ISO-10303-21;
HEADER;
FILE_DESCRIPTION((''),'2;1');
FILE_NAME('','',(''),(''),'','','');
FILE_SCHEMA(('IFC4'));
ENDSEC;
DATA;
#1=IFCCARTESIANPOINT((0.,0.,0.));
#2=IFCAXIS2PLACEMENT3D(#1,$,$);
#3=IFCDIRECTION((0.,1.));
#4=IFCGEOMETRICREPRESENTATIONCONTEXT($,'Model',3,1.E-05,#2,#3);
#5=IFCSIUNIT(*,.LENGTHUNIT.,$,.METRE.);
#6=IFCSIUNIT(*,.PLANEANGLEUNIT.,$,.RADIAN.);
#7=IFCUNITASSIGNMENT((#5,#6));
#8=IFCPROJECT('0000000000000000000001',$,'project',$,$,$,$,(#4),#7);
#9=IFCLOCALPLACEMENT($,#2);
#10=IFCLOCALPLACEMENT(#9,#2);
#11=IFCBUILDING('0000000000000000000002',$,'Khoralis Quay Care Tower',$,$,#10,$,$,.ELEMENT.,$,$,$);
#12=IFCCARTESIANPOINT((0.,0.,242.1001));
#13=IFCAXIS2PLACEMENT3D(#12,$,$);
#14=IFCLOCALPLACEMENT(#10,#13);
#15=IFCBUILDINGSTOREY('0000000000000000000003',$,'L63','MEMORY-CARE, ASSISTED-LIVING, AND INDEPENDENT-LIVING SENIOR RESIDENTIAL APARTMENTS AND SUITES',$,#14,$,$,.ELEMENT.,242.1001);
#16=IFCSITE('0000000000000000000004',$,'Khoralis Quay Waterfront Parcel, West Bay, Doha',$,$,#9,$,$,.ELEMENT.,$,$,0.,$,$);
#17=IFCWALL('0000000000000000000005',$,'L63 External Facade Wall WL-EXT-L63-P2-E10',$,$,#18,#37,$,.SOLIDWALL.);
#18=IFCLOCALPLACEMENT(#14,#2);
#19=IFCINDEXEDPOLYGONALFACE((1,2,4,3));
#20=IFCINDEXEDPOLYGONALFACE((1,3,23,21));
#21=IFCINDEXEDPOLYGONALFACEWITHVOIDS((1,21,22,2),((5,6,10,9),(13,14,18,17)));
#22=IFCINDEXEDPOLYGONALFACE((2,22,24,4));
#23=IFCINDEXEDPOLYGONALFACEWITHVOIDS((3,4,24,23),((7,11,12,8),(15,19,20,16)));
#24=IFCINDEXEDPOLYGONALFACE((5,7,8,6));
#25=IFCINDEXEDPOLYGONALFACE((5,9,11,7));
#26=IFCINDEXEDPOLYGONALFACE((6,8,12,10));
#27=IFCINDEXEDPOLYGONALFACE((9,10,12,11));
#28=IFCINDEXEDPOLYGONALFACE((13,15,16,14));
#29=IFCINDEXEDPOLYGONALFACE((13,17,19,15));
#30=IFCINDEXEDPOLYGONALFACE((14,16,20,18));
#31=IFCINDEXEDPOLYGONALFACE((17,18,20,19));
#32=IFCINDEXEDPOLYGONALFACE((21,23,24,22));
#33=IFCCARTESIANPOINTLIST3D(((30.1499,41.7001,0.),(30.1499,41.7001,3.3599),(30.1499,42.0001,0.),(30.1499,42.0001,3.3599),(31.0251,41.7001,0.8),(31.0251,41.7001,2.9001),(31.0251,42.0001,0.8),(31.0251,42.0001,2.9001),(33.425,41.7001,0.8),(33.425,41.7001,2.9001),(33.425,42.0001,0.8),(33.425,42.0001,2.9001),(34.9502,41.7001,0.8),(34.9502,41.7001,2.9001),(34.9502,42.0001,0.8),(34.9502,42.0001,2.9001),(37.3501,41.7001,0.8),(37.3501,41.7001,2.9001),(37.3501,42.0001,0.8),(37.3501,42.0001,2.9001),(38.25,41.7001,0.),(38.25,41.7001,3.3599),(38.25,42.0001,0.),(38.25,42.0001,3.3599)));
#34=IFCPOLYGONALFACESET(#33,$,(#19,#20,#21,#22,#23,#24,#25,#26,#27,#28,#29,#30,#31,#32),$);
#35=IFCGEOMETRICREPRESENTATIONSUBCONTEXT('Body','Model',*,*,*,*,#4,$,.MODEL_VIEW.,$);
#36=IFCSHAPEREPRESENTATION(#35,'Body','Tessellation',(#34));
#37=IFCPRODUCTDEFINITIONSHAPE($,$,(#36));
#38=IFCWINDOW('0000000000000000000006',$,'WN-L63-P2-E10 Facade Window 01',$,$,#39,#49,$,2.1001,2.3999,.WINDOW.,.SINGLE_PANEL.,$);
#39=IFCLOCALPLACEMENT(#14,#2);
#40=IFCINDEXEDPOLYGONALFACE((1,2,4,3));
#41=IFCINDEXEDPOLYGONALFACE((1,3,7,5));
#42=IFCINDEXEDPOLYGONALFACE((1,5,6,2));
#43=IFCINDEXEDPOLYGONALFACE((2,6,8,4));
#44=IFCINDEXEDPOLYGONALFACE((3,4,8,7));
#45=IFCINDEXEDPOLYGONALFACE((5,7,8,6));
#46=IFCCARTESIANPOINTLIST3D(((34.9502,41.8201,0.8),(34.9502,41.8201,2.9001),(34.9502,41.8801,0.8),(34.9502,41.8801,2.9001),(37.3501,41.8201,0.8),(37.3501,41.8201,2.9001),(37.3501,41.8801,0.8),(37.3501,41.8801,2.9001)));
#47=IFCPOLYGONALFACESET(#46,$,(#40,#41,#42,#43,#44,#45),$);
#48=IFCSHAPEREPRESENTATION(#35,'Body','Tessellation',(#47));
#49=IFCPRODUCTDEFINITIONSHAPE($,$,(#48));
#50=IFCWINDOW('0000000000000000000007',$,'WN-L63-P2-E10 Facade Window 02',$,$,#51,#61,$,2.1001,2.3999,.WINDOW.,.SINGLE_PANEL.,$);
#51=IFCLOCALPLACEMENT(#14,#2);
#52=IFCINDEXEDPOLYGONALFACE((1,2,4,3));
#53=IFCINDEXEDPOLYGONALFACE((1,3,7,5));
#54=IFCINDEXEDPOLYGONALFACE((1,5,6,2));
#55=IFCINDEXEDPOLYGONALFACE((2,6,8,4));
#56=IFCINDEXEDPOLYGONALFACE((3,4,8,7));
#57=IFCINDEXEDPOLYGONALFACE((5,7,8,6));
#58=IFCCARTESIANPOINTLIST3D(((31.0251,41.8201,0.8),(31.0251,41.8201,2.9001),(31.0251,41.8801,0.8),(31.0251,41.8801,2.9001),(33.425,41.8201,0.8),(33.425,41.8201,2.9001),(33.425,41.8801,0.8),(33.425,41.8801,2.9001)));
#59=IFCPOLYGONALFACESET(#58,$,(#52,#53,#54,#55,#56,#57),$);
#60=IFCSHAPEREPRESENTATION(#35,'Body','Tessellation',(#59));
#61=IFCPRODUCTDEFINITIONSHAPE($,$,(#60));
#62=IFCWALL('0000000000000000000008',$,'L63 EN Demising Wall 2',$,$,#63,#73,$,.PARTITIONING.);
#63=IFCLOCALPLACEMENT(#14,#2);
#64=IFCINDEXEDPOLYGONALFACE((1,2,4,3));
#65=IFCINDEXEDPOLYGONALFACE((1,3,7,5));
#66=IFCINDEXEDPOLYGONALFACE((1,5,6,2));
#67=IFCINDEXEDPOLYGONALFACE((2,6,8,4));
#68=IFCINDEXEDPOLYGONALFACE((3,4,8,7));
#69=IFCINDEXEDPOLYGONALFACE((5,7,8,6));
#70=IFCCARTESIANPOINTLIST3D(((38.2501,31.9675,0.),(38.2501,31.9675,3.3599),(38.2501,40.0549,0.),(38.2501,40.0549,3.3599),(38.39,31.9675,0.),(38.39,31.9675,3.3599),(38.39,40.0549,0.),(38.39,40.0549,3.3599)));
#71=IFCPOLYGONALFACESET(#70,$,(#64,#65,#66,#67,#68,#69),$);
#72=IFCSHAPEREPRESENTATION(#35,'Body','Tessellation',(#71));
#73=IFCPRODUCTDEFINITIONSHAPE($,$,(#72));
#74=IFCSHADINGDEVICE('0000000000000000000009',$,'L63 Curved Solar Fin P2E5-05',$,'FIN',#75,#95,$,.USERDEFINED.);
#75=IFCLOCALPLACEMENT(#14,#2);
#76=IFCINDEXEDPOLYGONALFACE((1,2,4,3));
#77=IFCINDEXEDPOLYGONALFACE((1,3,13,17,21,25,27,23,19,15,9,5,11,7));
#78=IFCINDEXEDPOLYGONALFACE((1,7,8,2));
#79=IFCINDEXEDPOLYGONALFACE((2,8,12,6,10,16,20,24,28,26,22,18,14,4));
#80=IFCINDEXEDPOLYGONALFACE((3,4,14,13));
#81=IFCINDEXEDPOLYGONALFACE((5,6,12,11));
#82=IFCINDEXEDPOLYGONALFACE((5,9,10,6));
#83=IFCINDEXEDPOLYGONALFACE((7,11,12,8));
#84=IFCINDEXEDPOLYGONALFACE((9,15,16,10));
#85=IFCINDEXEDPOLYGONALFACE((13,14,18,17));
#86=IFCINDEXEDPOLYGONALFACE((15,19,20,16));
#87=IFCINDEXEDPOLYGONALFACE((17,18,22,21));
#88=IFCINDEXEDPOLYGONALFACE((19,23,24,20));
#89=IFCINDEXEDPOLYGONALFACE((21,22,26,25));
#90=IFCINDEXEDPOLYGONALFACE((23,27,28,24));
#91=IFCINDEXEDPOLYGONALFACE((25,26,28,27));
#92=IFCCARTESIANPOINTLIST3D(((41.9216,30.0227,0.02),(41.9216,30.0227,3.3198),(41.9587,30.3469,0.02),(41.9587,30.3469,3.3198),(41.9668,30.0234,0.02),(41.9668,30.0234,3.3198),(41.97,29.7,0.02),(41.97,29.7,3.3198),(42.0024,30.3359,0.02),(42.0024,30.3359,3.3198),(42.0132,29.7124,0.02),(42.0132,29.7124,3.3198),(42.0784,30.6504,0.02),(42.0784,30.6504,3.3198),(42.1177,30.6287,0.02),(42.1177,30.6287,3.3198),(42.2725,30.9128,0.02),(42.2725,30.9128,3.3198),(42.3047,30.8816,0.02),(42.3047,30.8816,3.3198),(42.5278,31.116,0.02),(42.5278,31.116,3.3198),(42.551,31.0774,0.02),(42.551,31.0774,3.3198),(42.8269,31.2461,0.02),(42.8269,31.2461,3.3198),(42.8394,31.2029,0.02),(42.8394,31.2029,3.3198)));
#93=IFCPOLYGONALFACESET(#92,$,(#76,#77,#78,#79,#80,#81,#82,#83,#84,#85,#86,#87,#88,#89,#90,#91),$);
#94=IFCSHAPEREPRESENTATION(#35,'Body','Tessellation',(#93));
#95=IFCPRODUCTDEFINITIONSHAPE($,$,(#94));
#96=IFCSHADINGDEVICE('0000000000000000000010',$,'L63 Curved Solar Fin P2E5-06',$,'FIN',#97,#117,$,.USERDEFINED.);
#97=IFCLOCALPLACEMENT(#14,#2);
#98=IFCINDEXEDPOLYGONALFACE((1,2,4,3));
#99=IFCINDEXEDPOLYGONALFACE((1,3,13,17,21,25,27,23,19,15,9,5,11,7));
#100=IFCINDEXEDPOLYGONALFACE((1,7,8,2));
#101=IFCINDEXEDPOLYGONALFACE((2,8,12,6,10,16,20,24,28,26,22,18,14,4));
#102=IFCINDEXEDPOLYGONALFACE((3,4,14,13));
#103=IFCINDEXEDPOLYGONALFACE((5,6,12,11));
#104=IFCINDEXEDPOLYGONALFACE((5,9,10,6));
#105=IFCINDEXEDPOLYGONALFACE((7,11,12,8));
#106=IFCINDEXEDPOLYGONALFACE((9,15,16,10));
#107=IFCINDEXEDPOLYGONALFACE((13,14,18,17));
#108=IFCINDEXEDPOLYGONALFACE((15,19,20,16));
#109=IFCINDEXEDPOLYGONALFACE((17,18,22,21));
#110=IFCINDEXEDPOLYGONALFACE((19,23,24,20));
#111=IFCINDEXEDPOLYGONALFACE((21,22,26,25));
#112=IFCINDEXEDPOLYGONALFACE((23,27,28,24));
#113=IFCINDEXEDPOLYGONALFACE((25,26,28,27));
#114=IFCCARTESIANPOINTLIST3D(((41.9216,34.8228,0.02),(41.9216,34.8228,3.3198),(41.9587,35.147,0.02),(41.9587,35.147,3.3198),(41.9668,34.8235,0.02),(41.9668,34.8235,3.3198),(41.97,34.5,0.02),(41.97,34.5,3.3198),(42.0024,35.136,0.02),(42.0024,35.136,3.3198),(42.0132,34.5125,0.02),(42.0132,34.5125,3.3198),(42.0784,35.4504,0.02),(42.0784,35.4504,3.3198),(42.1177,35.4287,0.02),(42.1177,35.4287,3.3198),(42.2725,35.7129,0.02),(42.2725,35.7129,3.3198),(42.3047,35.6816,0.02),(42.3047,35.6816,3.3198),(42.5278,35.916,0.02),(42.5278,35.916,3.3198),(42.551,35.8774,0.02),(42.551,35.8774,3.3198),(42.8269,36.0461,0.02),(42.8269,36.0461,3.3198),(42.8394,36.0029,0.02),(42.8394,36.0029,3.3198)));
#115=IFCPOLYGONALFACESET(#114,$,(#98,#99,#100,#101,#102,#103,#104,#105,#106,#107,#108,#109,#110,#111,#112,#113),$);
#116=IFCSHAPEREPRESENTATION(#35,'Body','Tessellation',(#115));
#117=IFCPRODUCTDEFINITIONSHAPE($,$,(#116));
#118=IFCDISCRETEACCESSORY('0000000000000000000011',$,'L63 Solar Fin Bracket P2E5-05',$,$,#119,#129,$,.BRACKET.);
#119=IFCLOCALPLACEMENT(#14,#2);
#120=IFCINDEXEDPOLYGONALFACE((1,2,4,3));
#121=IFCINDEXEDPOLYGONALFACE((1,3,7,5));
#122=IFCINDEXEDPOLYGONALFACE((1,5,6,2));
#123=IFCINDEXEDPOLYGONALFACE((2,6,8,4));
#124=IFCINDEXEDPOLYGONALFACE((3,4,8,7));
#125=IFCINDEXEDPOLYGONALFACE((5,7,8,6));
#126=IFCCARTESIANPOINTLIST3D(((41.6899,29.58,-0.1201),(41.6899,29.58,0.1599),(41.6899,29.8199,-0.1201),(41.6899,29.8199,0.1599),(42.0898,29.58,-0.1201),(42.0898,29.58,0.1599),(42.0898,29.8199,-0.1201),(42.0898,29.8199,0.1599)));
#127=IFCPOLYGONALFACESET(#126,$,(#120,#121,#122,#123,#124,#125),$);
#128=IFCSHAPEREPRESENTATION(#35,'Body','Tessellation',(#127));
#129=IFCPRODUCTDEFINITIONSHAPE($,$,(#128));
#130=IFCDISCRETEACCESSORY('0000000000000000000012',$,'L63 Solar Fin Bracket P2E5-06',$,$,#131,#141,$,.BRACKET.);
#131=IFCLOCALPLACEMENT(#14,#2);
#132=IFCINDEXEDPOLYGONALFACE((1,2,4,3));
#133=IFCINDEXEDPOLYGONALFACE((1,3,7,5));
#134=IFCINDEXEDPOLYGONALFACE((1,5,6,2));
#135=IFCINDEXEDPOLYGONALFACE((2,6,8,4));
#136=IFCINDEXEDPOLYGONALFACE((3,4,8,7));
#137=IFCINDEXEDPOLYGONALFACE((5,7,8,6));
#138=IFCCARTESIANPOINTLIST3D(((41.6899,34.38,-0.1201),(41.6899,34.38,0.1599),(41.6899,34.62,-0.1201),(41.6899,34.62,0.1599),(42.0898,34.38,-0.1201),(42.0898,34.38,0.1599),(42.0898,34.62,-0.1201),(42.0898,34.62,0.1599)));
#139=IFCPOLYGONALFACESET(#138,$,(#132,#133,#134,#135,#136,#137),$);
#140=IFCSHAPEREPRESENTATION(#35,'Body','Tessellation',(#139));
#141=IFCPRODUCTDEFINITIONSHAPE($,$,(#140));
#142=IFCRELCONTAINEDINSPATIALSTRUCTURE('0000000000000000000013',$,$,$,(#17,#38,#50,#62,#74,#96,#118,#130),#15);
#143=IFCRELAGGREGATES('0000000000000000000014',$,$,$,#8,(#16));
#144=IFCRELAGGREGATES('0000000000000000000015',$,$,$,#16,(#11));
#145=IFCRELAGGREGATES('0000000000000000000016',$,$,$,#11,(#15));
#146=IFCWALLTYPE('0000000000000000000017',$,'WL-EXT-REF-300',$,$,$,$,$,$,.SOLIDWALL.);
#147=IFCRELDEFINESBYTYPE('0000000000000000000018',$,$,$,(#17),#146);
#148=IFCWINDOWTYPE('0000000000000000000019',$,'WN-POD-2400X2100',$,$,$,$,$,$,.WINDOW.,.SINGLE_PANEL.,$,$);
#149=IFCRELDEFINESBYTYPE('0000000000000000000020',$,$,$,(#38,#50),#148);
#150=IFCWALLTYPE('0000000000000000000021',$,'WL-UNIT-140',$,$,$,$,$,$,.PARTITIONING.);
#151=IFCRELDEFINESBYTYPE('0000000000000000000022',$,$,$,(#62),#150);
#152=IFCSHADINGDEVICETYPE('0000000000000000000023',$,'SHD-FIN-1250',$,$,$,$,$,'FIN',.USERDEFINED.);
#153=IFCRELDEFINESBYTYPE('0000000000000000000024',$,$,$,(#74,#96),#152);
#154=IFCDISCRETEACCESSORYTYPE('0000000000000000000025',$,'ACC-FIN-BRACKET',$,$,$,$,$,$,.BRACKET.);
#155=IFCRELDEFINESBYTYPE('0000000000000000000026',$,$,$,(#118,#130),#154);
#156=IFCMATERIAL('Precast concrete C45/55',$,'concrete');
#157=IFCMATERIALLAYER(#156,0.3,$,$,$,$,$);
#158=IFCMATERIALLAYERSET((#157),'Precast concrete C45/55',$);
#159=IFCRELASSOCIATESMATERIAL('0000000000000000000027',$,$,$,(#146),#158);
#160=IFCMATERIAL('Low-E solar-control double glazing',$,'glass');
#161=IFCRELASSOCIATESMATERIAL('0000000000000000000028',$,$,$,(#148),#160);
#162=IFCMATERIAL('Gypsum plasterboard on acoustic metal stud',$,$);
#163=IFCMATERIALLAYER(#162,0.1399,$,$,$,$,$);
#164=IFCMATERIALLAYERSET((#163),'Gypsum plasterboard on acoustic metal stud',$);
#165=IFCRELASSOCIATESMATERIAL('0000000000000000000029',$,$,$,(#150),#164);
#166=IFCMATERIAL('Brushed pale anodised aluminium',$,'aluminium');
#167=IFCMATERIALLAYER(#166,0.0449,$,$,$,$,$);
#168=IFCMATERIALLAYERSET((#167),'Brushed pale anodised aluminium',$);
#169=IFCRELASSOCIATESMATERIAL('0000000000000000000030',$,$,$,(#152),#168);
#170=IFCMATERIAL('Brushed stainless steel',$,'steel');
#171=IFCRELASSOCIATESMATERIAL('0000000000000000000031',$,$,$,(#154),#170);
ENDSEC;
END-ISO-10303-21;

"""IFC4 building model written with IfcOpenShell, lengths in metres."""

from ifc_helpers import new_model, si_unit, direction, frame, frame_2d, origin, origin_2d, place, context, subcontext, project, spatial, polyline, rectangle, outline, extrude, source, transform, mapped, material, layer, layer_set, type_object, element, fill, save


model = new_model("IFC4")

# Units and contexts
model_context = context("Model", 3, precision=1e-05, world=origin(), true_north=direction((0.0, 1.0)))
body_context = subcontext(model_context, "Body", "Model", "MODEL_VIEW")
ifc_project = project(units=[si_unit("LENGTHUNIT", "METRE"), si_unit("PLANEANGLEUNIT", "RADIAN")], contexts=[model_context])

# Site, building, storey
site_placement = place(None, origin())
site = spatial("IfcSite", under=ifc_project, at=site_placement, Name="Khoralis Quay Waterfront Parcel, West Bay, Doha", CompositionType="ELEMENT", RefElevation=0.0)
building_placement = place(site_placement, origin())
building = spatial("IfcBuilding", under=site, at=building_placement, Name="Khoralis Quay Care Tower", CompositionType="ELEMENT")
storey_placement = place(building_placement, frame((0.0, 0.0, 242.1001)))
storey = spatial("IfcBuildingStorey", under=building, at=storey_placement, Name="L63", Description="MEMORY-CARE, ASSISTED-LIVING, AND INDEPENDENT-LIVING SENIOR RESIDENTIAL APARTMENTS AND SUITES", CompositionType="ELEMENT", Elevation=242.1001)

# Shared definitions
ifc_material_1 = material(Name="Low-E solar-control double glazing", Category="glass")

# Shared definitions
ifc_material_2 = material(Name="Gypsum plasterboard on acoustic metal stud")

# Shared definitions
ifc_material_3 = material(Name="Precast concrete C45/55", Category="concrete")
ifc_layer_1 = layer(ifc_material_3, 0.3)
ifc_layer_set_1 = layer_set([ifc_layer_1], Name="Precast concrete C45/55")
wall_type_1 = type_object("IfcWallType", Name="WL-EXT-REF-300", PredefinedType="SOLIDWALL", material=ifc_layer_set_1)
window_type = type_object("IfcWindowType", Name="WN-POD-2400X2100", PartitioningType="SINGLE_PANEL", PredefinedType="WINDOW", material=ifc_material_1)
shared_shape_1 = source(origin(), body_context, "Body", "SweptSolid", [
    extrude(rectangle(XDim=2.3999, YDim=2.1001, at=frame_2d((1.2, 1.05))), frame((0.0, 0.03, 0.0), z_axis=(0.0, -1.0, 0.0), x_axis=(1.0, 0.0, 0.0)), (0.0, 0.0, 1.0), 0.0601),
])

# Wall, openings, windows
wall_1_placement = place(storey_placement, frame((38.25, 41.8501, 0.0), z_axis=(0.0, 0.0, 1.0), x_axis=(-1.0, 0.0, 0.0)))
wall_1 = element("IfcWall", 1, at=wall_1_placement, inside=storey, type_object=wall_type_1, Name="L63 External Facade Wall WL-EXT-L63-P2-E10", PredefinedType="SOLIDWALL", context=body_context, shape_type="SweptSolid", body=[
    extrude(rectangle(XDim=8.1001, YDim=0.3, at=frame_2d((4.05, 0.0))), origin(), (0.0, 0.0, 1.0), 3.3599),
])
opening_1_placement = place(wall_1_placement, frame((0.8999, 0.0, 0.8)))
opening_1 = element("IfcOpeningElement", 2, at=opening_1_placement, cuts=wall_1, PredefinedType="OPENING", context=body_context, shape_type="SweptSolid", body=[
    extrude(rectangle(XDim=2.3999, YDim=2.1001, at=frame_2d((1.2, 1.05))), frame((0.0, 0.1602, 0.0), z_axis=(0.0, -1.0, 0.0), x_axis=(1.0, 0.0, 0.0)), (0.0, 0.0, 1.0), 0.3201),
])
opening_2_placement = place(wall_1_placement, frame((4.825, 0.0, 0.8)))
opening_2 = element("IfcOpeningElement", 3, at=opening_2_placement, cuts=wall_1, PredefinedType="OPENING", context=body_context, shape_type="SweptSolid", body=[
    extrude(rectangle(XDim=2.3999, YDim=2.1001, at=frame_2d((1.2, 1.05))), frame((0.0, 0.1602, 0.0), z_axis=(0.0, -1.0, 0.0), x_axis=(1.0, 0.0, 0.0)), (0.0, 0.0, 1.0), 0.3201),
])
window_1_placement = place(opening_1_placement, origin())
window_1 = element("IfcWindow", 4, at=window_1_placement, inside=storey, type_object=window_type, Name="WN-L63-P2-E10 Facade Window 01", OverallHeight=2.1001, OverallWidth=2.3999, PartitioningType="SINGLE_PANEL", PredefinedType="WINDOW", context=body_context, shape_type="MappedRepresentation", body=[
    mapped(shared_shape_1, transform((0.0, 0.0, 0.0), scale=1.0)),
])
fill(opening_1, window_1)
window_2_placement = place(opening_2_placement, origin())
window_2 = element("IfcWindow", 5, at=window_2_placement, inside=storey, type_object=window_type, Name="WN-L63-P2-E10 Facade Window 02", OverallHeight=2.1001, OverallWidth=2.3999, PartitioningType="SINGLE_PANEL", PredefinedType="WINDOW", context=body_context, shape_type="MappedRepresentation", body=[
    mapped(shared_shape_1, transform((0.0, 0.0, 0.0), scale=1.0)),
])
fill(opening_2, window_2)

# Wall
ifc_layer_2 = layer(ifc_material_2, 0.1399)
ifc_layer_set_2 = layer_set([ifc_layer_2], Name="Gypsum plasterboard on acoustic metal stud")
wall_type_2 = type_object("IfcWallType", Name="WL-UNIT-140", PredefinedType="PARTITIONING", material=ifc_layer_set_2)
wall_2_placement = place(storey_placement, frame((38.3201, 31.9675, 0.0), z_axis=(0.0, 0.0, 1.0), x_axis=(0.0, 1.0, 0.0)))
element("IfcWall", 6, at=wall_2_placement, inside=storey, type_object=wall_type_2, Name="L63 EN Demising Wall 2", PredefinedType="PARTITIONING", context=body_context, shape_type="SweptSolid", body=[
    extrude(rectangle(XDim=8.0874, YDim=0.1399, at=frame_2d((4.0437, 0.0))), origin(), (0.0, 0.0, 1.0), 3.3599),
])

# Shading devices
ifc_material_4 = material(Name="Brushed pale anodised aluminium", Category="aluminium")
ifc_layer_3 = layer(ifc_material_4, 0.0449)
ifc_layer_set_3 = layer_set([ifc_layer_3], Name="Brushed pale anodised aluminium")
shading_device_type = type_object("IfcShadingDeviceType", Name="SHD-FIN-1250", ElementType="FIN", PredefinedType="USERDEFINED", material=ifc_layer_set_3)
shared_shape_2 = source(origin(), body_context, "Body", "SweptSolid", [
    extrude(outline(polyline([(0.0, 0.0), (-0.0483, 0.3228), (-0.0112, 0.647), (0.1084, 0.9504), (0.3025, 1.2129), (0.5579, 1.416), (0.8569, 1.5461), (0.8694, 1.5029), (0.5811, 1.3774), (0.3347, 1.1816), (0.1477, 0.9287), (0.0325, 0.636), (-0.0032, 0.3235), (0.0432, 0.0125), (0.0, 0.0)])), origin(), (0.0, 0.0, 1.0), 3.2998),
])
for number, where, z_axis, x_axis, name in (
    (7, (41.97, 29.7, 0.02), (0.0, 0.0, 1.0), (1.0, 0.0, 0.0), "L63 Curved Solar Fin P2E5-05"),
    (8, (41.97, 34.5, 0.02), (0.0, 0.0, 1.0), (1.0, 0.0, 0.0), "L63 Curved Solar Fin P2E5-06"),
):
    element("IfcShadingDevice", number, at=place(storey_placement, frame(where, z_axis=z_axis, x_axis=x_axis)), inside=storey, type_object=shading_device_type, Name=name, ObjectType="FIN", PredefinedType="USERDEFINED", context=body_context, shape_type="MappedRepresentation", body=[
        mapped(shared_shape_2, transform((0.0, 0.0, 0.0), scale=1.0)),
    ])

# Discrete accessories
ifc_material_5 = material(Name="Brushed stainless steel", Category="steel")
discrete_accessory_type = type_object("IfcDiscreteAccessoryType", Name="ACC-FIN-BRACKET", PredefinedType="BRACKET", material=ifc_material_5)
shared_shape_3 = source(origin(), body_context, "Body", "SweptSolid", [
    extrude(rectangle(XDim=0.3999, YDim=0.24, at=origin_2d()), origin(), (0.0, 0.0, 1.0), 0.28),
])
for number, where, z_axis, x_axis, name in (
    (9, (41.8899, 29.7, -0.1201), (0.0, 0.0, 1.0), (1.0, 0.0, 0.0), "L63 Solar Fin Bracket P2E5-05"),
    (10, (41.8899, 34.5, -0.1201), (0.0, 0.0, 1.0), (1.0, 0.0, 0.0), "L63 Solar Fin Bracket P2E5-06"),
):
    element("IfcDiscreteAccessory", number, at=place(storey_placement, frame(where, z_axis=z_axis, x_axis=x_axis)), inside=storey, type_object=discrete_accessory_type, Name=name, PredefinedType="BRACKET", context=body_context, shape_type="MappedRepresentation", body=[
        mapped(shared_shape_3, transform((0.0, 0.0, 0.0), scale=1.0)),
    ])

save(model, "model.ifc")
